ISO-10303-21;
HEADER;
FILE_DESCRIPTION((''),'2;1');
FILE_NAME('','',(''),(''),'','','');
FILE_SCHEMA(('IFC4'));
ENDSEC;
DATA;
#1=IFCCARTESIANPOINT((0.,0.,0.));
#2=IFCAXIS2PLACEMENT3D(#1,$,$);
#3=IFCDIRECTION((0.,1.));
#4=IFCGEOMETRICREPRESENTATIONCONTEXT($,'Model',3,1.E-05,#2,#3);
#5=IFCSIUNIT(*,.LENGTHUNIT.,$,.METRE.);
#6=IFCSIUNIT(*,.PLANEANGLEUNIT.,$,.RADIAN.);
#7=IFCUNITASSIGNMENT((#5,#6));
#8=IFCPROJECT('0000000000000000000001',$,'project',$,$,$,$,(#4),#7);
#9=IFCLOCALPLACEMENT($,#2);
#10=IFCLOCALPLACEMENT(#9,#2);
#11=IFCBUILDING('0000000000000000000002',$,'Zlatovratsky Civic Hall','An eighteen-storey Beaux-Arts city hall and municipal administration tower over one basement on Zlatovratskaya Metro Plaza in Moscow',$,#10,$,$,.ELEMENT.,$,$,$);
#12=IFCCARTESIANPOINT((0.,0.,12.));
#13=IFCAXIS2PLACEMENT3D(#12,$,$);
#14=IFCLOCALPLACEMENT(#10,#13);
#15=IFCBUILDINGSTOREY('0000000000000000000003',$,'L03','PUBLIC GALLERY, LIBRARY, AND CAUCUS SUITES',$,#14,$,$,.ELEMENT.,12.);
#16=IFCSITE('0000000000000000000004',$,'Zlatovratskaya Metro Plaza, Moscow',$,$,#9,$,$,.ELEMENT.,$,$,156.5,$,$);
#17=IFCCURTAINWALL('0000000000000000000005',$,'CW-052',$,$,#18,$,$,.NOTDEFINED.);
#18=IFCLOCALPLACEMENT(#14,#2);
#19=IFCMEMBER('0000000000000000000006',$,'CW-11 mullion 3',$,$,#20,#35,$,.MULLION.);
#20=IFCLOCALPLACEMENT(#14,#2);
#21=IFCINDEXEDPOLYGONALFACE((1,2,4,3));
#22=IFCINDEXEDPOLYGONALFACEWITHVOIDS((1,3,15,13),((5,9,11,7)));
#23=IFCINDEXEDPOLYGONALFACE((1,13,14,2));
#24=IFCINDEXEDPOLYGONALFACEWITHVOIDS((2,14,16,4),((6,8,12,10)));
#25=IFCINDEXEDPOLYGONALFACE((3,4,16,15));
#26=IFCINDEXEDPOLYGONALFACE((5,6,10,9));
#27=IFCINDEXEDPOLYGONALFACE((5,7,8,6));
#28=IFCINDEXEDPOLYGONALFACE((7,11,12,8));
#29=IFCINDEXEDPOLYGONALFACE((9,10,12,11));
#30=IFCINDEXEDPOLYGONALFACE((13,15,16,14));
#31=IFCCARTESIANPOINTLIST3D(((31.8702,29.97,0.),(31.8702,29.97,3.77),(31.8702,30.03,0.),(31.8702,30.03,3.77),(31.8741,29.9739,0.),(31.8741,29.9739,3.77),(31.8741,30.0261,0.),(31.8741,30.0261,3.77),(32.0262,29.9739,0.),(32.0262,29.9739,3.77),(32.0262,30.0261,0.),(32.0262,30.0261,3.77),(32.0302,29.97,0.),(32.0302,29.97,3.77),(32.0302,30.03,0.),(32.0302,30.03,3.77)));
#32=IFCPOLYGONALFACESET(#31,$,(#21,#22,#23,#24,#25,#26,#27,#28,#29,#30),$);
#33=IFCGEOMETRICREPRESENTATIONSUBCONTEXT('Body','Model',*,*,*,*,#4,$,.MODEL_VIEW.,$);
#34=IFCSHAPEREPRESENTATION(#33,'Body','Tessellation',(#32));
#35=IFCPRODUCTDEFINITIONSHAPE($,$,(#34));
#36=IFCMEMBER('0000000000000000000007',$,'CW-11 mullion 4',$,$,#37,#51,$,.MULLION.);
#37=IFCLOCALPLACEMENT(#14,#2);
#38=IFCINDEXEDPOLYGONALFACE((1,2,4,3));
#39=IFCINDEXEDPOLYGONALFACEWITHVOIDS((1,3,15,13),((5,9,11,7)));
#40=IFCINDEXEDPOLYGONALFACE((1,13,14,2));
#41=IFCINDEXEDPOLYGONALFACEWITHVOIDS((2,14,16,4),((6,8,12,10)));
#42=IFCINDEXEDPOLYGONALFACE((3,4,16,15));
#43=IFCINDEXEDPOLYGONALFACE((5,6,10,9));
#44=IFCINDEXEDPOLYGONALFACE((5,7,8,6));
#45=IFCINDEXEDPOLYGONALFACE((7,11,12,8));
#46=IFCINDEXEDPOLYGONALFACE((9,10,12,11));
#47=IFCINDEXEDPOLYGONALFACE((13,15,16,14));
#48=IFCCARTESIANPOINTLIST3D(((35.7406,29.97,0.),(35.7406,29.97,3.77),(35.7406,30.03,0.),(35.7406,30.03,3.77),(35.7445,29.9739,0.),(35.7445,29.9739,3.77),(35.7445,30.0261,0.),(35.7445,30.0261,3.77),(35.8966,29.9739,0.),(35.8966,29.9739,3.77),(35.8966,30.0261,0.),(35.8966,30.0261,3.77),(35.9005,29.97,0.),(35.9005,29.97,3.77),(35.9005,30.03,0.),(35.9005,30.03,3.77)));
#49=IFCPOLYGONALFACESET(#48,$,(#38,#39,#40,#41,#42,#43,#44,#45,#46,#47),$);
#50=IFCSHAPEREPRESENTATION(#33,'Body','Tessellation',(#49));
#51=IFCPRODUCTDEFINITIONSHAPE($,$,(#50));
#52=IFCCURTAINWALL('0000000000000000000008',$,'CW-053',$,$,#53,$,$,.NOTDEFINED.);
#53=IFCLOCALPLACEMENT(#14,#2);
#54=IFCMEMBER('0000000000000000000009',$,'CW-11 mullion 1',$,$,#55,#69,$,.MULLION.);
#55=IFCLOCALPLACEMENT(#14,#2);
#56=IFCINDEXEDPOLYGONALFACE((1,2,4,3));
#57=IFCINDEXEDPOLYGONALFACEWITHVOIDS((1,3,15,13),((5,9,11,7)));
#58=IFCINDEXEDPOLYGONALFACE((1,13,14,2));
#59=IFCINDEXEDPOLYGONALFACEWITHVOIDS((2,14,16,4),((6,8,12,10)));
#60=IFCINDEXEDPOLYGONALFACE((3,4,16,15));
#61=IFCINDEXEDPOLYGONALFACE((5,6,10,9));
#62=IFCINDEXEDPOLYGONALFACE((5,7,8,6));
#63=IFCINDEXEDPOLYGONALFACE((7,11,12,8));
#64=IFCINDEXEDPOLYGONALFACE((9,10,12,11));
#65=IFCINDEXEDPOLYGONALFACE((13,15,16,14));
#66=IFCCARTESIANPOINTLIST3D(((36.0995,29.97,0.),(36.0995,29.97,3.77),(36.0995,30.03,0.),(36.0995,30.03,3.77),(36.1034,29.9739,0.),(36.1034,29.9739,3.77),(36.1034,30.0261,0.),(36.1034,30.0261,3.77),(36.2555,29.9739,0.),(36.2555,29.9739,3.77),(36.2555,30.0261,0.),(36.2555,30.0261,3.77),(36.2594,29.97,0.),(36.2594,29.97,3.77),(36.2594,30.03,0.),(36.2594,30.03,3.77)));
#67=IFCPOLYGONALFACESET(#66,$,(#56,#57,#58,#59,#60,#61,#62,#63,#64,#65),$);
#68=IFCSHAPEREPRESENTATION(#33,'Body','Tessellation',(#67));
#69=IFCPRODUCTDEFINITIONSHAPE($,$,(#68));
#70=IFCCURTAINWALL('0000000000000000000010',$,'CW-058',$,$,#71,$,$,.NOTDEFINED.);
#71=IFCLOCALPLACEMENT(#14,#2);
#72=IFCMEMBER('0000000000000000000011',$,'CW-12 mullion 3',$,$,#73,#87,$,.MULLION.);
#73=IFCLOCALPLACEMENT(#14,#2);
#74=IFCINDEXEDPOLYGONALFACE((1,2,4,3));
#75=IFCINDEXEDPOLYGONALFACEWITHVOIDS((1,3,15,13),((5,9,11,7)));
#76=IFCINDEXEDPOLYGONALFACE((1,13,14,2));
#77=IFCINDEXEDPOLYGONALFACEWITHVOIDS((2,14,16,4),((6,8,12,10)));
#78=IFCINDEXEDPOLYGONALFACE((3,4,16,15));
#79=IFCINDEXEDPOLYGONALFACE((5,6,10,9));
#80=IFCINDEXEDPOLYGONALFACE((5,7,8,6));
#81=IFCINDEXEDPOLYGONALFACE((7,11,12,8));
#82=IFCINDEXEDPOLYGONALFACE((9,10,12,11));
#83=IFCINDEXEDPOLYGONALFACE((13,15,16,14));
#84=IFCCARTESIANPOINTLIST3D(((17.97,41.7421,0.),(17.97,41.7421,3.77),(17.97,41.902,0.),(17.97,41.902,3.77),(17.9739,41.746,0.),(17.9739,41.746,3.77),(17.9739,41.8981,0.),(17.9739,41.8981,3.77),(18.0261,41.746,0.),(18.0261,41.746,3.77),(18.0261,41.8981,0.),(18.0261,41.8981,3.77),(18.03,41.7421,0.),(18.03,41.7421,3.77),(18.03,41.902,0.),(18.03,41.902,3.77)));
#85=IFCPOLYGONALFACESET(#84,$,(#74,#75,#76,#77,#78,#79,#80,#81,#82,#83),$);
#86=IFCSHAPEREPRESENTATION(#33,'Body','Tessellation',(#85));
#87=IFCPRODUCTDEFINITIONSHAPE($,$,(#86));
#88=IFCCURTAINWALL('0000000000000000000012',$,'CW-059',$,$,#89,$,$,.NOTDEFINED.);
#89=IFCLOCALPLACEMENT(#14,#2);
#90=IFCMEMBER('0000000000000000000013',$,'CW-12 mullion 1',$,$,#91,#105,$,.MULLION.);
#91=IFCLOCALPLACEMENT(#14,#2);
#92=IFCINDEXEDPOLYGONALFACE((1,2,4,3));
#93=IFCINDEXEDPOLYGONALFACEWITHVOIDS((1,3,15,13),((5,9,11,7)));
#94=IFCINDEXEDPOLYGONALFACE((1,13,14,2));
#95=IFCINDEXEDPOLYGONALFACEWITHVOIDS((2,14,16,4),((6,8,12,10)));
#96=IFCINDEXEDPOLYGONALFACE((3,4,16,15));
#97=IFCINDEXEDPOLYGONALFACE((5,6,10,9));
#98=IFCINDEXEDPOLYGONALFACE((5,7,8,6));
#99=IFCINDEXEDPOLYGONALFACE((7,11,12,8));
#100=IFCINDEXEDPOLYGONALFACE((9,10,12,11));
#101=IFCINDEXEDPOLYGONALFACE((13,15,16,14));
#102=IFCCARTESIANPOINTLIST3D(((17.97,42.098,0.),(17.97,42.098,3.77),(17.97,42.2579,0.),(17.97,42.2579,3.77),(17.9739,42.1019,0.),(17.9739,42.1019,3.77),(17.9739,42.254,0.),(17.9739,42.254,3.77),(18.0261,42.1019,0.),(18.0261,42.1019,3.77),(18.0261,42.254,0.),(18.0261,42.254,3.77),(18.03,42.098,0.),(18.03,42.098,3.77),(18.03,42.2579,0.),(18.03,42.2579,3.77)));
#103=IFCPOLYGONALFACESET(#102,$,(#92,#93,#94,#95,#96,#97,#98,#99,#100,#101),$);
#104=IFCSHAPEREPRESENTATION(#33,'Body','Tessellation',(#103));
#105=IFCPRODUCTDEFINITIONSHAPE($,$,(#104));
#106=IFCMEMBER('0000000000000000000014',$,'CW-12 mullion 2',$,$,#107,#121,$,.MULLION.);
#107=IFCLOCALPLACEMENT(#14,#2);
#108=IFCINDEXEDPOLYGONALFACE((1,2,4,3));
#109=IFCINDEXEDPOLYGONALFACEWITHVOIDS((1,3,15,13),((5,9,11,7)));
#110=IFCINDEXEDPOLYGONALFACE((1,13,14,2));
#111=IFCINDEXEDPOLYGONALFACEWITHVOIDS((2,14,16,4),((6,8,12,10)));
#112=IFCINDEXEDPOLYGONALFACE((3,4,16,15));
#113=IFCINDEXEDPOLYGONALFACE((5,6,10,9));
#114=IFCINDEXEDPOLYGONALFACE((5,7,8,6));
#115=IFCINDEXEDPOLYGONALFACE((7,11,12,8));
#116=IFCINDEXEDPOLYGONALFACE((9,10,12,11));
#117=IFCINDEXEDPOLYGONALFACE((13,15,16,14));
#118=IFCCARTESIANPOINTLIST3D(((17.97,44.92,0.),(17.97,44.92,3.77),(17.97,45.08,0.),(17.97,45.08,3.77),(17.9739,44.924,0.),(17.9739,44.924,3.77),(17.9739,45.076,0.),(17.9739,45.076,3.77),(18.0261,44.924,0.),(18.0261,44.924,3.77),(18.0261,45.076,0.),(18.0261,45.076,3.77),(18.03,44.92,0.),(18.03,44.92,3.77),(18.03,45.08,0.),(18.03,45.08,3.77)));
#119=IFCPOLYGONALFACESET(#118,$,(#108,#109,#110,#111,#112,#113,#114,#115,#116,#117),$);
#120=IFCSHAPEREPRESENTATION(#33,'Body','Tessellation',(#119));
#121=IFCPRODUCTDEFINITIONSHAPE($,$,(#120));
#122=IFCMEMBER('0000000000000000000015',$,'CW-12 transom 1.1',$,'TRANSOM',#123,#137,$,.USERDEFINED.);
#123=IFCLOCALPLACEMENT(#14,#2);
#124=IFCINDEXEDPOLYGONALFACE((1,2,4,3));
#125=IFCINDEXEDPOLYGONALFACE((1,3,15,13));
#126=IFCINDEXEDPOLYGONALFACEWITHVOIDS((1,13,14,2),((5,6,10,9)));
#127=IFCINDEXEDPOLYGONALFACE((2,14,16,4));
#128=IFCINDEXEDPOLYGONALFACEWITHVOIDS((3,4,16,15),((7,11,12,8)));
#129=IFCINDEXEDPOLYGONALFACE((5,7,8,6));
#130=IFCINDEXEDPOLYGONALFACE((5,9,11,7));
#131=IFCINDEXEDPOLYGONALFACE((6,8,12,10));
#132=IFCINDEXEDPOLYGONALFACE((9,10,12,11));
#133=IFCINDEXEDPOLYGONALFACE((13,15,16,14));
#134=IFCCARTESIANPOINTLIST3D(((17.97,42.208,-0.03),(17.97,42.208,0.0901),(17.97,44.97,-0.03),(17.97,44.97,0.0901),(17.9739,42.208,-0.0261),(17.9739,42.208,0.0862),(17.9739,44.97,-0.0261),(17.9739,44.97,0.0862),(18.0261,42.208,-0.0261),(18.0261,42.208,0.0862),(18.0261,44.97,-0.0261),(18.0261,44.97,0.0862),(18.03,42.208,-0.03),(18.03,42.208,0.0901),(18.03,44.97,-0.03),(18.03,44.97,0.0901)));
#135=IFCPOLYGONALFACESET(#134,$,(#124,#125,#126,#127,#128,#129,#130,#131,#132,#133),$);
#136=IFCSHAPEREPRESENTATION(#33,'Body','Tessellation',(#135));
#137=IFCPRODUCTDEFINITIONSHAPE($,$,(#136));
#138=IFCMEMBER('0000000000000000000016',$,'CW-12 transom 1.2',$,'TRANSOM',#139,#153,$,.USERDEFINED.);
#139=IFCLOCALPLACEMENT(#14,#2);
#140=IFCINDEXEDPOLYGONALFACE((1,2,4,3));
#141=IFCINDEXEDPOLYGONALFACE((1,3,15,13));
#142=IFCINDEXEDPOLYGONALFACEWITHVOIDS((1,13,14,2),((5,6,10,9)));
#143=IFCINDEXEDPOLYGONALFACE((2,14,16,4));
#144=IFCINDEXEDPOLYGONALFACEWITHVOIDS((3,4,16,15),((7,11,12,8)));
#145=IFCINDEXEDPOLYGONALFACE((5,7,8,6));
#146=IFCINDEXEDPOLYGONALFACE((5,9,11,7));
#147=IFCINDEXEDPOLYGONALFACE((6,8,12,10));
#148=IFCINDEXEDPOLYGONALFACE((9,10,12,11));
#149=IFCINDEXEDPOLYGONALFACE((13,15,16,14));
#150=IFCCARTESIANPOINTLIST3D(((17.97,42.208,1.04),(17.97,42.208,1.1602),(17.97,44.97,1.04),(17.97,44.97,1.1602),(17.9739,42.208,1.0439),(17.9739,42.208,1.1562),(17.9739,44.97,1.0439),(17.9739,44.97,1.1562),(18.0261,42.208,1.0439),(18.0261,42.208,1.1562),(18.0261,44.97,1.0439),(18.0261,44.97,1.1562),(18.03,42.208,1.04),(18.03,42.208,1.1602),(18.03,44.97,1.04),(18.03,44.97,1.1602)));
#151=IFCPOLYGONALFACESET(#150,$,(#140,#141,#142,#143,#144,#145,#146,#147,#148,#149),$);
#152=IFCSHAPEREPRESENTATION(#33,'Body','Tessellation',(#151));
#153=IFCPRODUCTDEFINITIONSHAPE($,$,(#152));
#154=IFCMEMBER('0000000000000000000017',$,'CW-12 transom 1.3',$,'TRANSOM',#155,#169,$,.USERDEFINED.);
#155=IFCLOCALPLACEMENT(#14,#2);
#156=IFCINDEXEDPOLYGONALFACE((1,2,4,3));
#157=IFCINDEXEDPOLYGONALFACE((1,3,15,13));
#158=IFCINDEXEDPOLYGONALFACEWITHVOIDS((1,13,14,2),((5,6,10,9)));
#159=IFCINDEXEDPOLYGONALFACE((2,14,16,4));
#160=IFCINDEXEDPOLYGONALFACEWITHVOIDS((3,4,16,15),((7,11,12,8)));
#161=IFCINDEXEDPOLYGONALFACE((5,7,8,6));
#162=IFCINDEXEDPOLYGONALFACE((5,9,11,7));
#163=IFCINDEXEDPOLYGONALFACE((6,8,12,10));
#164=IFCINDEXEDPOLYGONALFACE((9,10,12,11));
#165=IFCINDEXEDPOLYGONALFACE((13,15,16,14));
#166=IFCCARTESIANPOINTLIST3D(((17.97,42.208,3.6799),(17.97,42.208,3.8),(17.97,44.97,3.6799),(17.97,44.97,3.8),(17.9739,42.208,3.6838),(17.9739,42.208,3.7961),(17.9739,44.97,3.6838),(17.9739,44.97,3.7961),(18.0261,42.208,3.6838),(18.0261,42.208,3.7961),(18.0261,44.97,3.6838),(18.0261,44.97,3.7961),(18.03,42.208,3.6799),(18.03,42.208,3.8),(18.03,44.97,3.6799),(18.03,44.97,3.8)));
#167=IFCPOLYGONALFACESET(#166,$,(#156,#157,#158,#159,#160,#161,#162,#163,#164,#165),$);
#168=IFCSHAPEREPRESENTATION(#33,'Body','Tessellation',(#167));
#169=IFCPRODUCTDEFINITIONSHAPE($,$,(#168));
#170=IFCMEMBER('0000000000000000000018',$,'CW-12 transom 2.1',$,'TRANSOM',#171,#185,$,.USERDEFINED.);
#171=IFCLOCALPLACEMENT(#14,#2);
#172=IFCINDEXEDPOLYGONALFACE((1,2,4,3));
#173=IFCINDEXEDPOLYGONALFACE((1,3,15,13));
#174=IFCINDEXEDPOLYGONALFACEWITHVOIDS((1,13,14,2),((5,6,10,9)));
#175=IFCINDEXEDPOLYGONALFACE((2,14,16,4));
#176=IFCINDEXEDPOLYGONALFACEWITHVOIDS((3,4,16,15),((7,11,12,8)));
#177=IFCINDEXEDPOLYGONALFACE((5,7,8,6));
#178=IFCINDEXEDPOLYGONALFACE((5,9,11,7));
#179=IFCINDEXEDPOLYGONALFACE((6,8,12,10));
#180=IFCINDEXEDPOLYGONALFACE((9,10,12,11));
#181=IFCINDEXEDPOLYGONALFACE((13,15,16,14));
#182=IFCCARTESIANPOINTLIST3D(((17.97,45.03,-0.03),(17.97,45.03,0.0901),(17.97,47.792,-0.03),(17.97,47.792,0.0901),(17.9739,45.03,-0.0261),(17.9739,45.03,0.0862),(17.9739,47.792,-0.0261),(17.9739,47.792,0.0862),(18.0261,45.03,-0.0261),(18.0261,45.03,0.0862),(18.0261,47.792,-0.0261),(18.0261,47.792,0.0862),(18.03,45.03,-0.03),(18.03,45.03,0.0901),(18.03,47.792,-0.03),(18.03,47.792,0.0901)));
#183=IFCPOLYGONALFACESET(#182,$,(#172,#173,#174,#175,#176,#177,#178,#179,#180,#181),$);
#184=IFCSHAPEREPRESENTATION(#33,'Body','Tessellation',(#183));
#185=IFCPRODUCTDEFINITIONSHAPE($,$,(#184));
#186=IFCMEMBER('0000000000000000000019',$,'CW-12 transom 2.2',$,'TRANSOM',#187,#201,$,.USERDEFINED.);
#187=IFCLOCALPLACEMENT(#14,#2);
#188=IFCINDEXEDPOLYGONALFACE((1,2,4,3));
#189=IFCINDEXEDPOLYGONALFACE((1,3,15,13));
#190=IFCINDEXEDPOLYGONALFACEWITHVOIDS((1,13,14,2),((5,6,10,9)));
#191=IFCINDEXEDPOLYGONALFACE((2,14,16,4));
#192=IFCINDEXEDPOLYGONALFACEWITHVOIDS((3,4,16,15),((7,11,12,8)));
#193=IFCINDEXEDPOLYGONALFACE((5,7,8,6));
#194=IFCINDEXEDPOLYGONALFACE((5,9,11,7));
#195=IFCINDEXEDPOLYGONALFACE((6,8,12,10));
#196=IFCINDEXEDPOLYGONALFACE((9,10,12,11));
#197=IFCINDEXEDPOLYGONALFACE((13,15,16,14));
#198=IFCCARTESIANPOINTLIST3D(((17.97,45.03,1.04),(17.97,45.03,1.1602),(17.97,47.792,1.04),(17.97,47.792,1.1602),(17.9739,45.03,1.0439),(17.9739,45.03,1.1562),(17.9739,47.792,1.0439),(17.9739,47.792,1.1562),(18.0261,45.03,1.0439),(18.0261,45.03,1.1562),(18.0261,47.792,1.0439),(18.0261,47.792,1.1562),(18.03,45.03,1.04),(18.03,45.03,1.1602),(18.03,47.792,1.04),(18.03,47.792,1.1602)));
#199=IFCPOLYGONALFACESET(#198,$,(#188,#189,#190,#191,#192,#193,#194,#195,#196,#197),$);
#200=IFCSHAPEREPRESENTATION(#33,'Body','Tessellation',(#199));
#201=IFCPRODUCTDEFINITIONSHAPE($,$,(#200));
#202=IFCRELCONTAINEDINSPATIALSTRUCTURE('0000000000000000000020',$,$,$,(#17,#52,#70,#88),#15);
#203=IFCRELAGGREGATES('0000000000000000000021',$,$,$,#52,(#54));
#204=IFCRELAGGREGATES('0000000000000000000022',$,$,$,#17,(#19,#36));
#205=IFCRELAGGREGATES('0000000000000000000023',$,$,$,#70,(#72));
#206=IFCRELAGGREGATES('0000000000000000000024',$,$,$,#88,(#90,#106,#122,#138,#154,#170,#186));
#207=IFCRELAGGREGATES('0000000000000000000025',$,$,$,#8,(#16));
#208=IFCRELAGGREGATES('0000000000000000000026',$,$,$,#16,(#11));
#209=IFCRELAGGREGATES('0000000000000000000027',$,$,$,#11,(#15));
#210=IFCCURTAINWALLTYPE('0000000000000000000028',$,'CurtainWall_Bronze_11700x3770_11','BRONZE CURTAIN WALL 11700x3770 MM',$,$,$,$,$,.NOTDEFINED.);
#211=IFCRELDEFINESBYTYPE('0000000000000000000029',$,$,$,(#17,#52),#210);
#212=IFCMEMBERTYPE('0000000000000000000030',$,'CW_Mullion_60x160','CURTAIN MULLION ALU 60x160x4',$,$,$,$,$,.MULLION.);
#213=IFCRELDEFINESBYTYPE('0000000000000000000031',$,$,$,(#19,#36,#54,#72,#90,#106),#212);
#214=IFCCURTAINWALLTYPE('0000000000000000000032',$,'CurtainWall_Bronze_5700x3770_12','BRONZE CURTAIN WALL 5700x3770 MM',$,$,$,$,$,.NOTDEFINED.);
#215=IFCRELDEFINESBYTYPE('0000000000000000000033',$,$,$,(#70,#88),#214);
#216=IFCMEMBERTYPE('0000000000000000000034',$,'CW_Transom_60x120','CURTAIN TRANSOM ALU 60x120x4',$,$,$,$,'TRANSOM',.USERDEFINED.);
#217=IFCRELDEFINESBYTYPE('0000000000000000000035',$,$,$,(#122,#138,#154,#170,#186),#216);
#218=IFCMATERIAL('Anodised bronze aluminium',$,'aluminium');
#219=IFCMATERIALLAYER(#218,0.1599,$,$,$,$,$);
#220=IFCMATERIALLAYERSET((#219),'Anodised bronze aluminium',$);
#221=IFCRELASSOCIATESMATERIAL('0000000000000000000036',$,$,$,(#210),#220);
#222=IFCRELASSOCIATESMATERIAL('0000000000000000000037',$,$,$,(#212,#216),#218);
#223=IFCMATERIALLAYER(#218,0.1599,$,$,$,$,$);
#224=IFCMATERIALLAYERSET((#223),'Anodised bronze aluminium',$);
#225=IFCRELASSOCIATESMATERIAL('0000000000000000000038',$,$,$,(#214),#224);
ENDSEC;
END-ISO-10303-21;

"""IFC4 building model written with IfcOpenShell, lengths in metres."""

from ifc_helpers import new_model, si_unit, direction, frame, origin, origin_2d, place, context, subcontext, project, spatial, hollow_rectangle, extrude, material, layer, layer_set, material_profile, profile_set, type_object, element, aggregate, save


model = new_model("IFC4")

# Units and contexts
model_context = context("Model", 3, precision=1e-05, world=origin(), true_north=direction((0.0, 1.0)))
body_context = subcontext(model_context, "Body", "Model", "MODEL_VIEW")
ifc_project = project(units=[si_unit("LENGTHUNIT", "METRE"), si_unit("PLANEANGLEUNIT", "RADIAN")], contexts=[model_context])

# Site, building, storey
site_placement = place(None, origin())
site = spatial("IfcSite", under=ifc_project, at=site_placement, Name="Zlatovratskaya Metro Plaza, Moscow", CompositionType="ELEMENT", RefElevation=156.5)
building_placement = place(site_placement, origin())
building = spatial("IfcBuilding", under=site, at=building_placement, Name="Zlatovratsky Civic Hall", Description="An eighteen-storey Beaux-Arts city hall and municipal administration tower over one basement on Zlatovratskaya Metro Plaza in Moscow", CompositionType="ELEMENT")
storey_placement = place(building_placement, frame((0.0, 0.0, 12.0)))
storey = spatial("IfcBuildingStorey", under=building, at=storey_placement, Name="L03", Description="PUBLIC GALLERY, LIBRARY, AND CAUCUS SUITES", CompositionType="ELEMENT", Elevation=12.0)

# Curtain wall, members
ifc_material_1 = material(Name="Anodised bronze aluminium", Category="aluminium")
ifc_layer_1 = layer(ifc_material_1, 0.1599)
ifc_layer_set_1 = layer_set([ifc_layer_1], Name="Anodised bronze aluminium")
curtain_wall_type_1 = type_object("IfcCurtainWallType", Name="CurtainWall_Bronze_11700x3770_11", Description="BRONZE CURTAIN WALL 11700x3770 MM", PredefinedType="NOTDEFINED", material=ifc_layer_set_1)
curtain_wall_1_placement = place(storey_placement, origin())
curtain_wall_1 = element("IfcCurtainWall", 1, at=curtain_wall_1_placement, inside=storey, type_object=curtain_wall_type_1, Name="CW-052", PredefinedType="NOTDEFINED")
ifc_material_profile_1 = material_profile(ifc_material_1, hollow_rectangle(XDim=0.0601, YDim=0.1599, WallThickness=0.0039, at=origin_2d()), Name="ALU 60x160x4")
ifc_profile_set_1 = profile_set([ifc_material_profile_1], Name="Anodised bronze aluminium")
member_type_1 = type_object("IfcMemberType", Name="CW_Mullion_60x160", Description="CURTAIN MULLION ALU 60x160x4", PredefinedType="MULLION", material=ifc_profile_set_1)
member_1_placement = place(storey_placement, frame((31.9502, 30.0, 0.0), z_axis=(0.0, 0.0, 1.0), x_axis=(0.0, 1.0, 0.0)))
member_1 = element("IfcMember", 2, at=member_1_placement, type_object=member_type_1, Name="CW-11 mullion 3", PredefinedType="MULLION", context=body_context, shape_type="SweptSolid", body=[
    extrude(hollow_rectangle(XDim=0.0601, YDim=0.1599, WallThickness=0.0039, at=origin_2d()), origin(), (0.0, 0.0, 1.0), 3.77),
])
member_2_placement = place(storey_placement, frame((35.8206, 30.0, 0.0), z_axis=(0.0, 0.0, 1.0), x_axis=(0.0, 1.0, 0.0)))
member_2 = element("IfcMember", 3, at=member_2_placement, type_object=member_type_1, Name="CW-11 mullion 4", PredefinedType="MULLION", context=body_context, shape_type="SweptSolid", body=[
    extrude(hollow_rectangle(XDim=0.0601, YDim=0.1599, WallThickness=0.0039, at=origin_2d()), origin(), (0.0, 0.0, 1.0), 3.77),
])

# Curtain walls, members
curtain_wall_2_placement = place(storey_placement, origin())
curtain_wall_2 = element("IfcCurtainWall", 4, at=curtain_wall_2_placement, inside=storey, type_object=curtain_wall_type_1, Name="CW-053", PredefinedType="NOTDEFINED")
member_3_placement = place(storey_placement, frame((36.1794, 30.0, 0.0), z_axis=(0.0, 0.0, 1.0), x_axis=(0.0, 1.0, 0.0)))
member_3 = element("IfcMember", 5, at=member_3_placement, type_object=member_type_1, Name="CW-11 mullion 1", PredefinedType="MULLION", context=body_context, shape_type="SweptSolid", body=[
    extrude(hollow_rectangle(XDim=0.0601, YDim=0.1599, WallThickness=0.0039, at=origin_2d()), origin(), (0.0, 0.0, 1.0), 3.77),
])
ifc_layer_2 = layer(ifc_material_1, 0.1599)
ifc_layer_set_2 = layer_set([ifc_layer_2], Name="Anodised bronze aluminium")
curtain_wall_type_2 = type_object("IfcCurtainWallType", Name="CurtainWall_Bronze_5700x3770_12", Description="BRONZE CURTAIN WALL 5700x3770 MM", PredefinedType="NOTDEFINED", material=ifc_layer_set_2)
curtain_wall_3_placement = place(storey_placement, origin())
curtain_wall_3 = element("IfcCurtainWall", 6, at=curtain_wall_3_placement, inside=storey, type_object=curtain_wall_type_2, Name="CW-058", PredefinedType="NOTDEFINED")
member_4_placement = place(storey_placement, frame((18.0, 41.822, 0.0), z_axis=(0.0, 0.0, 1.0), x_axis=(-1.0, 0.0, 0.0)))
member_4 = element("IfcMember", 7, at=member_4_placement, type_object=member_type_1, Name="CW-12 mullion 3", PredefinedType="MULLION", context=body_context, shape_type="SweptSolid", body=[
    extrude(hollow_rectangle(XDim=0.0601, YDim=0.1599, WallThickness=0.0039, at=origin_2d()), origin(), (0.0, 0.0, 1.0), 3.77),
])

# Curtain wall, members
curtain_wall_4_placement = place(storey_placement, origin())
curtain_wall_4 = element("IfcCurtainWall", 8, at=curtain_wall_4_placement, inside=storey, type_object=curtain_wall_type_2, Name="CW-059", PredefinedType="NOTDEFINED")
member_5_placement = place(storey_placement, frame((18.0, 42.178, 0.0), z_axis=(0.0, 0.0, 1.0), x_axis=(-1.0, 0.0, 0.0)))
member_5 = element("IfcMember", 9, at=member_5_placement, type_object=member_type_1, Name="CW-12 mullion 1", PredefinedType="MULLION", context=body_context, shape_type="SweptSolid", body=[
    extrude(hollow_rectangle(XDim=0.0601, YDim=0.1599, WallThickness=0.0039, at=origin_2d()), origin(), (0.0, 0.0, 1.0), 3.77),
])
member_6_placement = place(storey_placement, frame((18.0, 45.0, 0.0), z_axis=(0.0, 0.0, 1.0), x_axis=(-1.0, 0.0, 0.0)))
member_6 = element("IfcMember", 10, at=member_6_placement, type_object=member_type_1, Name="CW-12 mullion 2", PredefinedType="MULLION", context=body_context, shape_type="SweptSolid", body=[
    extrude(hollow_rectangle(XDim=0.0601, YDim=0.1599, WallThickness=0.0039, at=origin_2d()), origin(), (0.0, 0.0, 1.0), 3.77),
])
ifc_material_profile_2 = material_profile(ifc_material_1, hollow_rectangle(XDim=0.0601, YDim=0.1201, WallThickness=0.0039, at=origin_2d()), Name="ALU 60x120x4")
ifc_profile_set_2 = profile_set([ifc_material_profile_2], Name="Anodised bronze aluminium")
member_type_2 = type_object("IfcMemberType", Name="CW_Transom_60x120", Description="CURTAIN TRANSOM ALU 60x120x4", ElementType="TRANSOM", PredefinedType="USERDEFINED", material=ifc_profile_set_2)
member_7_placement = place(storey_placement, frame((18.0, 42.208, 0.03), z_axis=(0.0, 1.0, 0.0), x_axis=(-1.0, 0.0, 0.0)))
member_7 = element("IfcMember", 11, at=member_7_placement, type_object=member_type_2, Name="CW-12 transom 1.1", ObjectType="TRANSOM", PredefinedType="USERDEFINED", context=body_context, shape_type="SweptSolid", body=[
    extrude(hollow_rectangle(XDim=0.0601, YDim=0.1201, WallThickness=0.0039, at=origin_2d()), origin(), (0.0, 0.0, 1.0), 2.762),
])
member_8_placement = place(storey_placement, frame((18.0, 42.208, 1.1001), z_axis=(0.0, 1.0, 0.0), x_axis=(-1.0, 0.0, 0.0)))
member_8 = element("IfcMember", 12, at=member_8_placement, type_object=member_type_2, Name="CW-12 transom 1.2", ObjectType="TRANSOM", PredefinedType="USERDEFINED", context=body_context, shape_type="SweptSolid", body=[
    extrude(hollow_rectangle(XDim=0.0601, YDim=0.1201, WallThickness=0.0039, at=origin_2d()), origin(), (0.0, 0.0, 1.0), 2.762),
])
member_9_placement = place(storey_placement, frame((18.0, 42.208, 3.74), z_axis=(0.0, 1.0, 0.0), x_axis=(-1.0, 0.0, 0.0)))
member_9 = element("IfcMember", 13, at=member_9_placement, type_object=member_type_2, Name="CW-12 transom 1.3", ObjectType="TRANSOM", PredefinedType="USERDEFINED", context=body_context, shape_type="SweptSolid", body=[
    extrude(hollow_rectangle(XDim=0.0601, YDim=0.1201, WallThickness=0.0039, at=origin_2d()), origin(), (0.0, 0.0, 1.0), 2.762),
])
member_10_placement = place(storey_placement, frame((18.0, 45.03, 0.03), z_axis=(0.0, 1.0, 0.0), x_axis=(-1.0, 0.0, 0.0)))
member_10 = element("IfcMember", 14, at=member_10_placement, type_object=member_type_2, Name="CW-12 transom 2.1", ObjectType="TRANSOM", PredefinedType="USERDEFINED", context=body_context, shape_type="SweptSolid", body=[
    extrude(hollow_rectangle(XDim=0.0601, YDim=0.1201, WallThickness=0.0039, at=origin_2d()), origin(), (0.0, 0.0, 1.0), 2.762),
])
member_11_placement = place(storey_placement, frame((18.0, 45.03, 1.1001), z_axis=(0.0, 1.0, 0.0), x_axis=(-1.0, 0.0, 0.0)))
member_11 = element("IfcMember", 15, at=member_11_placement, type_object=member_type_2, Name="CW-12 transom 2.2", ObjectType="TRANSOM", PredefinedType="USERDEFINED", context=body_context, shape_type="SweptSolid", body=[
    extrude(hollow_rectangle(XDim=0.0601, YDim=0.1201, WallThickness=0.0039, at=origin_2d()), origin(), (0.0, 0.0, 1.0), 2.762),
])

aggregate(curtain_wall_2, [member_3])

aggregate(curtain_wall_1, [member_1, member_2])
aggregate(curtain_wall_3, [member_4])
aggregate(curtain_wall_4, [member_5, member_6, member_7, member_8, member_9, member_10, member_11])

save(model, "model.ifc")
